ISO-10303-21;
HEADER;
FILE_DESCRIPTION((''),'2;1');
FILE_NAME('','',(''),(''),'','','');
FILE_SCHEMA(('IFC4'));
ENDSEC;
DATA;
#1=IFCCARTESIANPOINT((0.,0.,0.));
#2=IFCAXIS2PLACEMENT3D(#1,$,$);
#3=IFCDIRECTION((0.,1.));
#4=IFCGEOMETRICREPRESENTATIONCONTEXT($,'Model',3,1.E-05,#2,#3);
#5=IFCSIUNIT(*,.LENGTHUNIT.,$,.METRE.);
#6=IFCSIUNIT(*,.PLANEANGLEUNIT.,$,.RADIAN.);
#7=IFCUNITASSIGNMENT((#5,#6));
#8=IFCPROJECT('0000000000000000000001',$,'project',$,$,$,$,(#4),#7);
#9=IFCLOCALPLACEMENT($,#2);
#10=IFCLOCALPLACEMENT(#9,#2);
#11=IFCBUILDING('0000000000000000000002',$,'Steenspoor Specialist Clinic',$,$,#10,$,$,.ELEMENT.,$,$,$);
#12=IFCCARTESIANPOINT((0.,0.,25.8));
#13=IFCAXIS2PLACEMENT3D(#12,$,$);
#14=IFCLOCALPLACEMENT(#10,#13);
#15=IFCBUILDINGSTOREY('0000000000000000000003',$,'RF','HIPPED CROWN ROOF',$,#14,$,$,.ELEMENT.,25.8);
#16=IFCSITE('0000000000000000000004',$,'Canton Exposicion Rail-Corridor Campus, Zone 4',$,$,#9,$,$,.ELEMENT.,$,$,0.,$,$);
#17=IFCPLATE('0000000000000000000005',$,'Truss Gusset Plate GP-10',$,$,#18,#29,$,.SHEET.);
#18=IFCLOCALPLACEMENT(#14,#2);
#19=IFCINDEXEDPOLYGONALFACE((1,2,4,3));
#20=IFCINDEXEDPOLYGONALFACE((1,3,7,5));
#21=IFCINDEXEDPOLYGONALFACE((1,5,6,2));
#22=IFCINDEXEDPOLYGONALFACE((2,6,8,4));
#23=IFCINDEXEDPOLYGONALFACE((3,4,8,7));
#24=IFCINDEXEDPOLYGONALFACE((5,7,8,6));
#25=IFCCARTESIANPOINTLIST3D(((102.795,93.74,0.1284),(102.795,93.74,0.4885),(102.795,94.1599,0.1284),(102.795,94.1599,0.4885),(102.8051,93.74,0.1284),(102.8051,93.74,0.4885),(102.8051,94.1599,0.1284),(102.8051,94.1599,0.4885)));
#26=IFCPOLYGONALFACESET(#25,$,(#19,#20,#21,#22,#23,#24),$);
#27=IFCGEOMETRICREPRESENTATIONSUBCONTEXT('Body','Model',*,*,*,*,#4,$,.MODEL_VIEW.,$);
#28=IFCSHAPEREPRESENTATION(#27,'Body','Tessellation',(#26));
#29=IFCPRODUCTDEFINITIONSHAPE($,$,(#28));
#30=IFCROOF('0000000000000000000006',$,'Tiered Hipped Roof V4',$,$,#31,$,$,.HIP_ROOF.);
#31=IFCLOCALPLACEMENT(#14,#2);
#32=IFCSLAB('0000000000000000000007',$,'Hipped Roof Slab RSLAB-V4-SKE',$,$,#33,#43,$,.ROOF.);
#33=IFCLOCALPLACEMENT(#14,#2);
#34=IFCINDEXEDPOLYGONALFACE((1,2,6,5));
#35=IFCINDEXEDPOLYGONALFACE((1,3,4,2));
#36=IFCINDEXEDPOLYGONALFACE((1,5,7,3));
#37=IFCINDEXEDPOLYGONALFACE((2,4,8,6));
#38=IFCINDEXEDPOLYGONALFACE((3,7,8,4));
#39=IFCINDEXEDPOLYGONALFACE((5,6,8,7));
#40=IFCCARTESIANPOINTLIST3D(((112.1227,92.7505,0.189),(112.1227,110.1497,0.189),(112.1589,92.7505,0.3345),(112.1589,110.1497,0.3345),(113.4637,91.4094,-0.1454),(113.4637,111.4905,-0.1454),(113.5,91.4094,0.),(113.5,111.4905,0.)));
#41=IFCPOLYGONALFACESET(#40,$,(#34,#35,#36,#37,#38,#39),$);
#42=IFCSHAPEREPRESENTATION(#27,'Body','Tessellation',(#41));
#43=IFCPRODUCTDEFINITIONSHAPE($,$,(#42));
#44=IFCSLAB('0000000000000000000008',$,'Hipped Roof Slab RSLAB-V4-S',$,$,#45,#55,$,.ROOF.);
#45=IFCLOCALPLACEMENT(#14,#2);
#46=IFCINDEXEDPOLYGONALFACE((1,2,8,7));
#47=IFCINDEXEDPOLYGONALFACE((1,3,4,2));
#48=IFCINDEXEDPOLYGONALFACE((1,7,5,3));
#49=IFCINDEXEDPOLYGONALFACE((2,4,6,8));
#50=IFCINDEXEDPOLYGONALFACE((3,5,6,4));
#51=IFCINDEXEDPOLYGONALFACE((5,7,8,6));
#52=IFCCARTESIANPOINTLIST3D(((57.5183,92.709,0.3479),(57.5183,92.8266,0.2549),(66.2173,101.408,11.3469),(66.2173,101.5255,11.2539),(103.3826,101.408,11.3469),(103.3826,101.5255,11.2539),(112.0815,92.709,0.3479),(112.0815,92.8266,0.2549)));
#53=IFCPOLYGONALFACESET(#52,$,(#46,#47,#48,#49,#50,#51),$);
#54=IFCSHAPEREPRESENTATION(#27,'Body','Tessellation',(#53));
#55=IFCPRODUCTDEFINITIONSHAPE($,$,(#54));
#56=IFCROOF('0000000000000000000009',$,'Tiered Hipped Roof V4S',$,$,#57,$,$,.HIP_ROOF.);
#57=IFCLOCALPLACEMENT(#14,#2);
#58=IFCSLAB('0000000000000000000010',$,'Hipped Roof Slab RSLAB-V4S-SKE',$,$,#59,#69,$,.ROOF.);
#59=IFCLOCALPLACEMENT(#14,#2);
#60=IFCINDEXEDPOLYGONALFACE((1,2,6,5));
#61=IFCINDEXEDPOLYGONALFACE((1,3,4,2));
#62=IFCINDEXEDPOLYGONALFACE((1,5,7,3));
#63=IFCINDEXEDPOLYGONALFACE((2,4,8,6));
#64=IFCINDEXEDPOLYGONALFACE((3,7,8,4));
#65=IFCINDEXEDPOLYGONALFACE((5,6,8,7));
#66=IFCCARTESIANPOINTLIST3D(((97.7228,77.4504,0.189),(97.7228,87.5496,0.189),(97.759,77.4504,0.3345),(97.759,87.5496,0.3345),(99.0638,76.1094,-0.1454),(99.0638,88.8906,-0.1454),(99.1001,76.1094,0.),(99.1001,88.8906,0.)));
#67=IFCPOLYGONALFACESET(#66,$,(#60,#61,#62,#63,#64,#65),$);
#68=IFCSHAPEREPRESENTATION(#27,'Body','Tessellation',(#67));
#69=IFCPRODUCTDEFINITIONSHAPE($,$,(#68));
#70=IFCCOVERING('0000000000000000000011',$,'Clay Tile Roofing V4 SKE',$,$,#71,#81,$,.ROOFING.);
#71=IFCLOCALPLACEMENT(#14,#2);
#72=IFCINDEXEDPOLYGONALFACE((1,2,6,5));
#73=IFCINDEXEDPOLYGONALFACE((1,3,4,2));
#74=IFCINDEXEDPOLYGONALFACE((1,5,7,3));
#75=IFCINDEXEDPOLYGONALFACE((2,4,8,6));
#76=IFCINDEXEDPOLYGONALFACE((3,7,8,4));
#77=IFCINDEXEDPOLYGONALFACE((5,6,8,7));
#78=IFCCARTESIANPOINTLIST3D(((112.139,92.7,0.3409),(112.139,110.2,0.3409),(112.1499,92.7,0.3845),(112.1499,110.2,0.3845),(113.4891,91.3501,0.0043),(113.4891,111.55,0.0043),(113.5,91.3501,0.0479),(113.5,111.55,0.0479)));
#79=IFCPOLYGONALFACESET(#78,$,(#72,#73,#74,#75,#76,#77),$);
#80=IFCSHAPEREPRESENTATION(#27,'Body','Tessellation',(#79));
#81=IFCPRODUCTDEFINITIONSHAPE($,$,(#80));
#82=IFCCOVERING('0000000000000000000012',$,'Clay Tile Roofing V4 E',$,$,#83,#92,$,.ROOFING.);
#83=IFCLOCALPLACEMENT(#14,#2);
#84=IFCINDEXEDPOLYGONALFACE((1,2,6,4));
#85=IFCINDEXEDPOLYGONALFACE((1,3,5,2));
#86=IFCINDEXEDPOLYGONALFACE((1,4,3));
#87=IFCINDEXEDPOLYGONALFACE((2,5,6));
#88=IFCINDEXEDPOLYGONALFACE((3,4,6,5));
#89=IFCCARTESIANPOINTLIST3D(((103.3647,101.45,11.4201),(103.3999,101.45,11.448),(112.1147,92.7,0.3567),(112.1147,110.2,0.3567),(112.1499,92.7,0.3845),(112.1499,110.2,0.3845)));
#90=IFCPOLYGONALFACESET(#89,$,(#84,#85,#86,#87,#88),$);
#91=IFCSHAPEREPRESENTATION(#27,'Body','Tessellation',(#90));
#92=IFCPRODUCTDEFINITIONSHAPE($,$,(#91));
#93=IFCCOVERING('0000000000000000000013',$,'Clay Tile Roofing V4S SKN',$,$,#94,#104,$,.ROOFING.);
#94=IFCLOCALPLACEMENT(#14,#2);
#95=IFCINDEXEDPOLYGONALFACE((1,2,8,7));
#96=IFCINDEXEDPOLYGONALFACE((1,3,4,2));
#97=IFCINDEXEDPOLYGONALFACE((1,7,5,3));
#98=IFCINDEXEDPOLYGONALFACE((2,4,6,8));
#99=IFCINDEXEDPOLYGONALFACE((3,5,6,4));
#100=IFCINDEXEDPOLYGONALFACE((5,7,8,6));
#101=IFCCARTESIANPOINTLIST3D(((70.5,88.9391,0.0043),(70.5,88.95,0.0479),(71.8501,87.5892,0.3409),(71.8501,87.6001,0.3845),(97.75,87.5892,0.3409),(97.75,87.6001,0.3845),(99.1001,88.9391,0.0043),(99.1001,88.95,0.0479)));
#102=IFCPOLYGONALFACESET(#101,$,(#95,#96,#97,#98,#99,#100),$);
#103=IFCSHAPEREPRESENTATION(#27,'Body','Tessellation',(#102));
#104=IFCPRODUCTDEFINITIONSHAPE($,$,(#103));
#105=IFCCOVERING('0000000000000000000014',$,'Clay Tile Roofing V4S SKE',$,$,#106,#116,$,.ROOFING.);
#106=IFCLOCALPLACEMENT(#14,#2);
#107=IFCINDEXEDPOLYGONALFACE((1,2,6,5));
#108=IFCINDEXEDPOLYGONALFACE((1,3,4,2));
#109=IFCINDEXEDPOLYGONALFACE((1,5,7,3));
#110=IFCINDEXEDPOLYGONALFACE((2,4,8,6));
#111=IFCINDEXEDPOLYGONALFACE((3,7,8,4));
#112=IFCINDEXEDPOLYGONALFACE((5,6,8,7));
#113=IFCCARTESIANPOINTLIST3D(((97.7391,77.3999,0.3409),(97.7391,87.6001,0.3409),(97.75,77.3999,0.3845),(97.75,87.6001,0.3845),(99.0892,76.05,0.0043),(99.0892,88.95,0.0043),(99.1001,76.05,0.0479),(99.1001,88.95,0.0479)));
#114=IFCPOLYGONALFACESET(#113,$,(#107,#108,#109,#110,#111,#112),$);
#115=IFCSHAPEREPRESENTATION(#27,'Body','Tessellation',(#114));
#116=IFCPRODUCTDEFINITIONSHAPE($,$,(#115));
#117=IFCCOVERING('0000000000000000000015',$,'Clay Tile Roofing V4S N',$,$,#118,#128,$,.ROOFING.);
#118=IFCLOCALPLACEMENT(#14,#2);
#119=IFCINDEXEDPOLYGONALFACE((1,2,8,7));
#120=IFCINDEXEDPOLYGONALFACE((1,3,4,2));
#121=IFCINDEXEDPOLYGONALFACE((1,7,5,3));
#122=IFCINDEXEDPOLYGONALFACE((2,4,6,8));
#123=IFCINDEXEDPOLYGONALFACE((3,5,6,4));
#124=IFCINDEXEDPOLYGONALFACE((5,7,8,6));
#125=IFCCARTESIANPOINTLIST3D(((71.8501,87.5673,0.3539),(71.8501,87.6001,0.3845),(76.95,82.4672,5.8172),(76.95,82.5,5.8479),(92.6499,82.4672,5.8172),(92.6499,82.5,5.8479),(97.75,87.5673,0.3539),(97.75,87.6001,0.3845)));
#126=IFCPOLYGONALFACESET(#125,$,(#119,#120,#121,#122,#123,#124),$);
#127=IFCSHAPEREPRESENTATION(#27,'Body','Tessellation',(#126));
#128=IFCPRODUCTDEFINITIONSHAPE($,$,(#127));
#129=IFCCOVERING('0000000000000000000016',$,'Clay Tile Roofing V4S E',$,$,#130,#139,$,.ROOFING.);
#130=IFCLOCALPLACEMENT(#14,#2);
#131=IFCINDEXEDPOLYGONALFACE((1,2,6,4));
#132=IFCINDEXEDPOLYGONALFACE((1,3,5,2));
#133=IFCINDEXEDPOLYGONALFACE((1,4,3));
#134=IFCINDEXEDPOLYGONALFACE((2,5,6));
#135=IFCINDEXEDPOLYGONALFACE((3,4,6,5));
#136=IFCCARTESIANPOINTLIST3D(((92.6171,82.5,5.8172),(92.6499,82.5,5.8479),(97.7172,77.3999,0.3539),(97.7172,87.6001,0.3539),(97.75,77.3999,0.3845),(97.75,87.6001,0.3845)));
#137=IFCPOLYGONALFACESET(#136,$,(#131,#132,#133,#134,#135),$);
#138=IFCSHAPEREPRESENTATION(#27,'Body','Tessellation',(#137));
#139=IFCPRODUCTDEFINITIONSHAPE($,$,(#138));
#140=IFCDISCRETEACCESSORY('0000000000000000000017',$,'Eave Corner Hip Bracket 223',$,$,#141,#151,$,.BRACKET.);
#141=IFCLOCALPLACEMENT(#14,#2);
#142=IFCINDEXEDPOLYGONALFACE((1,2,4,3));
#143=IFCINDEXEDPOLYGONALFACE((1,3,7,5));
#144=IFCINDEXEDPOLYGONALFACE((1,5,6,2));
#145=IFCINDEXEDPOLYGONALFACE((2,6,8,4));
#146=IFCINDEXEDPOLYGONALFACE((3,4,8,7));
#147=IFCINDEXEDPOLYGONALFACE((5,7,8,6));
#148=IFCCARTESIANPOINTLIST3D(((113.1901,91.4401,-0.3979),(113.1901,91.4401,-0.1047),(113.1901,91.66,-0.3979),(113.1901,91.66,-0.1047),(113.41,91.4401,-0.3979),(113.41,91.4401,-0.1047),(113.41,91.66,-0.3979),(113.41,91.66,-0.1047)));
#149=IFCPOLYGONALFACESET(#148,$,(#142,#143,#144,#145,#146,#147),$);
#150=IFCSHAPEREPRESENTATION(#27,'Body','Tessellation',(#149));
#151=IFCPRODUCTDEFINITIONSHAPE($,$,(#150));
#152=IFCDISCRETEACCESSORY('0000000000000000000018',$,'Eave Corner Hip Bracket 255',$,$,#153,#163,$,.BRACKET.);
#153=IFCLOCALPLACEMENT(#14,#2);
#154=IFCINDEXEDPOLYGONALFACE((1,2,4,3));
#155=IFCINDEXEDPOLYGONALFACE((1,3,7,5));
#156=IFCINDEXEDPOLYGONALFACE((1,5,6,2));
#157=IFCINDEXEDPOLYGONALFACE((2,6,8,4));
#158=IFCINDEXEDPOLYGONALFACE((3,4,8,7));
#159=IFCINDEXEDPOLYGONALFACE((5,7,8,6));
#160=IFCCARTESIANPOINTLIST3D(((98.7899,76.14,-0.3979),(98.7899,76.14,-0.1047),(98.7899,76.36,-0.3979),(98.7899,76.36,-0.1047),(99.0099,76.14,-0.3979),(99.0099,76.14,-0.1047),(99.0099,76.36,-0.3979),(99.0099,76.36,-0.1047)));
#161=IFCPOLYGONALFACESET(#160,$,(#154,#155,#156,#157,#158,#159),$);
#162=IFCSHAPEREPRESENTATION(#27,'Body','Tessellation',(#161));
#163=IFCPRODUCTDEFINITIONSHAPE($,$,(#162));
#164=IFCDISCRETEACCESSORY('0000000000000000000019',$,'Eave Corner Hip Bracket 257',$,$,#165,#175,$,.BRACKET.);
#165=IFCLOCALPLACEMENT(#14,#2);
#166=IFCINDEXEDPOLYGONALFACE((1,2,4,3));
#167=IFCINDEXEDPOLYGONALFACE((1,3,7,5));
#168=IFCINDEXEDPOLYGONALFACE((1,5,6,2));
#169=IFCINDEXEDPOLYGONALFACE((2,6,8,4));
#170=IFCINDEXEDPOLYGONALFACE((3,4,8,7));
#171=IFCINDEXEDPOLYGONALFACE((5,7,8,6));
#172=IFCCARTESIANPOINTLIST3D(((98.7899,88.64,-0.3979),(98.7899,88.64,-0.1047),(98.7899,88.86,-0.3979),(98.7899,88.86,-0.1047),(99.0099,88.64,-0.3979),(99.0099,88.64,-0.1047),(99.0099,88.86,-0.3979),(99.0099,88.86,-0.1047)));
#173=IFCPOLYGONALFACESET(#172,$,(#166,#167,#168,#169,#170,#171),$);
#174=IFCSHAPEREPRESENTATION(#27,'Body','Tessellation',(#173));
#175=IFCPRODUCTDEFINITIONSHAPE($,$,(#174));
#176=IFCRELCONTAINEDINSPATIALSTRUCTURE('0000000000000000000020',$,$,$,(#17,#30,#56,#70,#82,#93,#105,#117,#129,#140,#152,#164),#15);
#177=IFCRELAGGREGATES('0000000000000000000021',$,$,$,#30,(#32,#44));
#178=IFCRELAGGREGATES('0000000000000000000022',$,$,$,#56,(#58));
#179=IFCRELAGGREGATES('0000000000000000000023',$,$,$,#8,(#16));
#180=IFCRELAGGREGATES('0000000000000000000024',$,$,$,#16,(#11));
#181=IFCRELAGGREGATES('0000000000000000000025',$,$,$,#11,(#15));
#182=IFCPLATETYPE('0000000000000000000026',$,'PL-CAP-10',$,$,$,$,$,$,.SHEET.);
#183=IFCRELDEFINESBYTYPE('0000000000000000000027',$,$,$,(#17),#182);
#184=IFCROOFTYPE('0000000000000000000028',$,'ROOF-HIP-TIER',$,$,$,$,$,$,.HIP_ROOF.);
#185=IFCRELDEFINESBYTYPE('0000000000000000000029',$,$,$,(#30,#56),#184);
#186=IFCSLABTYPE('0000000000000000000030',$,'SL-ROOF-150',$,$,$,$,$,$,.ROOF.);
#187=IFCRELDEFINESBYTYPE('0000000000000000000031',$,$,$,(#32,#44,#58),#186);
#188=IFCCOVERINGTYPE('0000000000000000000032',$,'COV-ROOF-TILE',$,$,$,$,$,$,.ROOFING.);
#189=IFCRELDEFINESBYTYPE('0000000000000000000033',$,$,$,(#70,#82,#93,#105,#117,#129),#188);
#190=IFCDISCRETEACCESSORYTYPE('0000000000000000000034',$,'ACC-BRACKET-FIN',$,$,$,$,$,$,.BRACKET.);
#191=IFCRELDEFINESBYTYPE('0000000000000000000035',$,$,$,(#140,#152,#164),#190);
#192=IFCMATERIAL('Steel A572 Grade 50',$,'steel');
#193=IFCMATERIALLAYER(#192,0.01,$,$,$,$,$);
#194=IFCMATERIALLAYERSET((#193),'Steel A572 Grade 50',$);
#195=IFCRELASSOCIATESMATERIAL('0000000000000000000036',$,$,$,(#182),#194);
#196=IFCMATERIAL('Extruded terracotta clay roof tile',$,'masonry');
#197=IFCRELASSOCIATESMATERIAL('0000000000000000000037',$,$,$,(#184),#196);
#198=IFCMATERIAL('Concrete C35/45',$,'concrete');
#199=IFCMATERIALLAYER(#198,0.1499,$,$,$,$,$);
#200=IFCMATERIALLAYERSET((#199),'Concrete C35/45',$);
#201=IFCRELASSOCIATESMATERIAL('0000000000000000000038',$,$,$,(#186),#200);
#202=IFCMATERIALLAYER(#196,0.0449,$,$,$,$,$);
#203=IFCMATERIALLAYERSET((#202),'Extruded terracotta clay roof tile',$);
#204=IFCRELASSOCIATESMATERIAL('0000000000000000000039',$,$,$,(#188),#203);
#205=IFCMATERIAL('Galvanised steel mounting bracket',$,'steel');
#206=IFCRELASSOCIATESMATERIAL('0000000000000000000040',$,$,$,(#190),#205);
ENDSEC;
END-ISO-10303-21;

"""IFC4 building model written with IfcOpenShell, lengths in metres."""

from ifc_helpers import new_model, si_unit, direction, frame, origin, origin_2d, place, context, subcontext, project, spatial, polyline, rectangle, outline, extrude, material, layer, layer_set, type_object, element, aggregate, save


model = new_model("IFC4")

# Units and contexts
model_context = context("Model", 3, precision=1e-05, world=origin(), true_north=direction((0.0, 1.0)))
body_context = subcontext(model_context, "Body", "Model", "MODEL_VIEW")
ifc_project = project(units=[si_unit("LENGTHUNIT", "METRE"), si_unit("PLANEANGLEUNIT", "RADIAN")], contexts=[model_context])

# Site, building, storey
site_placement = place(None, origin())
site = spatial("IfcSite", under=ifc_project, at=site_placement, Name="Canton Exposicion Rail-Corridor Campus, Zone 4", CompositionType="ELEMENT", RefElevation=0.0)
building_placement = place(site_placement, origin())
building = spatial("IfcBuilding", under=site, at=building_placement, Name="Steenspoor Specialist Clinic", CompositionType="ELEMENT")
storey_placement = place(building_placement, frame((0.0, 0.0, 25.8)))
storey = spatial("IfcBuildingStorey", under=building, at=storey_placement, Name="RF", Description="HIPPED CROWN ROOF", CompositionType="ELEMENT", Elevation=25.8)

# Plate
ifc_material_1 = material(Name="Steel A572 Grade 50", Category="steel")
ifc_layer_1 = layer(ifc_material_1, 0.01)
ifc_layer_set_1 = layer_set([ifc_layer_1], Name="Steel A572 Grade 50")
plate_type = type_object("IfcPlateType", Name="PL-CAP-10", PredefinedType="SHEET", material=ifc_layer_set_1)
plate_placement = place(storey_placement, frame((102.8, 93.95, 0.1284), z_axis=(0.0, 0.0, 1.0), x_axis=(1.0, 0.0, 0.0)))
element("IfcPlate", 1, at=plate_placement, inside=storey, type_object=plate_type, Name="Truss Gusset Plate GP-10", PredefinedType="SHEET", context=body_context, shape_type="SweptSolid", body=[
    extrude(rectangle(XDim=0.01, YDim=0.4199, at=origin_2d()), origin(), (0.0, 0.0, 1.0), 0.3601),
])

# Roofs, slabs
ifc_material_2 = material(Name="Extruded terracotta clay roof tile", Category="masonry")
roof_type = type_object("IfcRoofType", Name="ROOF-HIP-TIER", PredefinedType="HIP_ROOF", material=ifc_material_2)
roof_1_placement = place(storey_placement, origin())
roof_1 = element("IfcRoof", 2, at=roof_1_placement, inside=storey, type_object=roof_type, Name="Tiered Hipped Roof V4", PredefinedType="HIP_ROOF")
ifc_material_3 = material(Name="Concrete C35/45", Category="concrete")
ifc_layer_2 = layer(ifc_material_3, 0.1499)
ifc_layer_set_2 = layer_set([ifc_layer_2], Name="Concrete C35/45")
slab_type = type_object("IfcSlabType", Name="SL-ROOF-150", PredefinedType="ROOF", material=ifc_layer_set_2)
slab_1_placement = place(storey_placement, frame((112.1589, 92.7505, 0.3345), z_axis=(0.241995, 0.0, 0.970277), x_axis=(0.696361, -0.696361, -0.173678)))
slab_1 = element("IfcSlab", 3, at=slab_1_placement, type_object=slab_type, Name="Hipped Roof Slab RSLAB-V4-SKE", PredefinedType="ROOF", context=body_context, shape_type="SweptSolid", body=[
    extrude(outline(polyline([(0.0, 0.0), (1.9258, 0.0), (-12.0578, 14.412), (-12.1161, 12.4872), (0.0, 0.0)])), origin(), (0.0, 0.0, -1.0), 0.1499),
])
slab_2_placement = place(storey_placement, frame((112.0815, 92.709, 0.3479), z_axis=(0.0, -0.784344, 0.620327), x_axis=(-0.52714, 0.52714, 0.666518)))
slab_2 = element("IfcSlab", 4, at=slab_2_placement, type_object=slab_type, Name="Hipped Roof Slab RSLAB-V4-S", PredefinedType="ROOF", context=body_context, shape_type="SweptSolid", body=[
    extrude(outline(polyline([(0.0, 0.0), (16.5022, 0.0), (36.0935, 31.5823), (28.7625, 46.3667), (0.0, 0.0)])), origin(), (0.0, 0.0, -1.0), 0.1499),
])
aggregate(roof_1, [slab_1, slab_2])
roof_2_placement = place(storey_placement, origin())
roof_2 = element("IfcRoof", 5, at=roof_2_placement, inside=storey, type_object=roof_type, Name="Tiered Hipped Roof V4S", PredefinedType="HIP_ROOF")
slab_3_placement = place(storey_placement, frame((97.759, 77.4504, 0.3345), z_axis=(0.241995, 0.0, 0.970277), x_axis=(0.696361, -0.696361, -0.173678)))
slab_3 = element("IfcSlab", 6, at=slab_3_placement, type_object=slab_type, Name="Hipped Roof Slab RSLAB-V4S-SKE", PredefinedType="ROOF", context=body_context, shape_type="SweptSolid", body=[
    extrude(outline(polyline([(0.0, 0.0), (1.9258, 0.0), (-6.9745, 9.173), (-7.0326, 7.2481), (0.0, 0.0)])), origin(), (0.0, 0.0, -1.0), 0.1499),
])
aggregate(roof_2, [slab_3])

# Coverings
ifc_layer_3 = layer(ifc_material_2, 0.0449)
ifc_layer_set_3 = layer_set([ifc_layer_3], Name="Extruded terracotta clay roof tile")
covering_type = type_object("IfcCoveringType", Name="COV-ROOF-TILE", PredefinedType="ROOFING", material=ifc_layer_set_3)
covering_1_placement = place(storey_placement, frame((113.5, 91.3501, 0.0479), z_axis=(0.241958, 0.0, 0.970287), x_axis=(0.0, 1.0, 0.0)))
element("IfcCovering", 7, at=covering_1_placement, inside=storey, type_object=covering_type, Name="Clay Tile Roofing V4 SKE", PredefinedType="ROOFING", context=body_context, shape_type="SweptSolid", body=[
    extrude(outline(polyline([(0.0, 0.0), (20.2, 0.0), (18.8499, 1.3914), (1.3499, 1.3914), (0.0, 0.0)])), origin(), (0.0, 0.0, -1.0), 0.0449),
])
covering_2_placement = place(storey_placement, frame((112.1499, 92.7, 0.3845), z_axis=(0.784342, 0.0, 0.620329), x_axis=(0.0, 1.0, 0.0)))
element("IfcCovering", 8, at=covering_2_placement, inside=storey, type_object=covering_type, Name="Clay Tile Roofing V4 E", PredefinedType="ROOFING", context=body_context, shape_type="SweptSolid", body=[
    extrude(outline(polyline([(0.0, 0.0), (17.5, 0.0), (8.75, 14.1054), (0.0, 0.0)])), origin(), (0.0, 0.0, -1.0), 0.0449),
])
covering_3_placement = place(storey_placement, frame((99.1001, 88.95, 0.0479), z_axis=(0.0, 0.241999, 0.970277), x_axis=(-1.0, 0.0, 0.0)))
element("IfcCovering", 9, at=covering_3_placement, inside=storey, type_object=covering_type, Name="Clay Tile Roofing V4S SKN", PredefinedType="ROOFING", context=body_context, shape_type="SweptSolid", body=[
    extrude(outline(polyline([(0.0, 0.0), (28.6001, 0.0), (27.25, 1.3912), (1.3501, 1.3912), (0.0, 0.0)])), origin(), (0.0, 0.0, -1.0), 0.0449),
])
covering_4_placement = place(storey_placement, frame((99.1001, 76.05, 0.0479), z_axis=(0.241958, 0.0, 0.970287), x_axis=(0.0, 1.0, 0.0)))
element("IfcCovering", 10, at=covering_4_placement, inside=storey, type_object=covering_type, Name="Clay Tile Roofing V4S SKE", PredefinedType="ROOFING", context=body_context, shape_type="SweptSolid", body=[
    extrude(outline(polyline([(0.0, 0.0), (12.8999, 0.0), (11.55, 1.3914), (1.3499, 1.3914), (0.0, 0.0)])), origin(), (0.0, 0.0, -1.0), 0.0449),
])
covering_5_placement = place(storey_placement, frame((97.75, 87.6001, 0.3845), z_axis=(0.0, 0.730992, 0.682386), x_axis=(-1.0, 0.0, 0.0)))
element("IfcCovering", 11, at=covering_5_placement, inside=storey, type_object=covering_type, Name="Clay Tile Roofing V4S N", PredefinedType="ROOFING", context=body_context, shape_type="SweptSolid", body=[
    extrude(outline(polyline([(0.0, 0.0), (25.8999, 0.0), (20.8, 7.4739), (5.1001, 7.4739), (0.0, 0.0)])), origin(), (0.0, 0.0, -1.0), 0.0449),
])
covering_6_placement = place(storey_placement, frame((97.75, 77.3999, 0.3845), z_axis=(0.730992, 0.0, 0.682386), x_axis=(0.0, 1.0, 0.0)))
element("IfcCovering", 12, at=covering_6_placement, inside=storey, type_object=covering_type, Name="Clay Tile Roofing V4S E", PredefinedType="ROOFING", context=body_context, shape_type="SweptSolid", body=[
    extrude(outline(polyline([(0.0, 0.0), (10.2002, 0.0), (5.1001, 7.4739), (0.0, 0.0)])), origin(), (0.0, 0.0, -1.0), 0.0449),
])

# Discrete accessories
ifc_material_4 = material(Name="Galvanised steel mounting bracket", Category="steel")
discrete_accessory_type = type_object("IfcDiscreteAccessoryType", Name="ACC-BRACKET-FIN", PredefinedType="BRACKET", material=ifc_material_4)
for number, where, z_axis, x_axis, name in (
    (13, (113.3, 91.55, -0.3979), (0.0, 0.0, 1.0), (1.0, 0.0, 0.0), "Eave Corner Hip Bracket 223"),
    (14, (98.8999, 76.25, -0.3979), (0.0, 0.0, 1.0), (1.0, 0.0, 0.0), "Eave Corner Hip Bracket 255"),
    (15, (98.8999, 88.75, -0.3979), (0.0, 0.0, 1.0), (1.0, 0.0, 0.0), "Eave Corner Hip Bracket 257"),
):
    element("IfcDiscreteAccessory", number, at=place(storey_placement, frame(where, z_axis=z_axis, x_axis=x_axis)), inside=storey, type_object=discrete_accessory_type, Name=name, PredefinedType="BRACKET", context=body_context, shape_type="SweptSolid", body=[
        extrude(rectangle(XDim=0.22, YDim=0.22, at=origin_2d()), origin(), (0.0, 0.0, 1.0), 0.2932),
    ])

save(model, "model.ifc")
